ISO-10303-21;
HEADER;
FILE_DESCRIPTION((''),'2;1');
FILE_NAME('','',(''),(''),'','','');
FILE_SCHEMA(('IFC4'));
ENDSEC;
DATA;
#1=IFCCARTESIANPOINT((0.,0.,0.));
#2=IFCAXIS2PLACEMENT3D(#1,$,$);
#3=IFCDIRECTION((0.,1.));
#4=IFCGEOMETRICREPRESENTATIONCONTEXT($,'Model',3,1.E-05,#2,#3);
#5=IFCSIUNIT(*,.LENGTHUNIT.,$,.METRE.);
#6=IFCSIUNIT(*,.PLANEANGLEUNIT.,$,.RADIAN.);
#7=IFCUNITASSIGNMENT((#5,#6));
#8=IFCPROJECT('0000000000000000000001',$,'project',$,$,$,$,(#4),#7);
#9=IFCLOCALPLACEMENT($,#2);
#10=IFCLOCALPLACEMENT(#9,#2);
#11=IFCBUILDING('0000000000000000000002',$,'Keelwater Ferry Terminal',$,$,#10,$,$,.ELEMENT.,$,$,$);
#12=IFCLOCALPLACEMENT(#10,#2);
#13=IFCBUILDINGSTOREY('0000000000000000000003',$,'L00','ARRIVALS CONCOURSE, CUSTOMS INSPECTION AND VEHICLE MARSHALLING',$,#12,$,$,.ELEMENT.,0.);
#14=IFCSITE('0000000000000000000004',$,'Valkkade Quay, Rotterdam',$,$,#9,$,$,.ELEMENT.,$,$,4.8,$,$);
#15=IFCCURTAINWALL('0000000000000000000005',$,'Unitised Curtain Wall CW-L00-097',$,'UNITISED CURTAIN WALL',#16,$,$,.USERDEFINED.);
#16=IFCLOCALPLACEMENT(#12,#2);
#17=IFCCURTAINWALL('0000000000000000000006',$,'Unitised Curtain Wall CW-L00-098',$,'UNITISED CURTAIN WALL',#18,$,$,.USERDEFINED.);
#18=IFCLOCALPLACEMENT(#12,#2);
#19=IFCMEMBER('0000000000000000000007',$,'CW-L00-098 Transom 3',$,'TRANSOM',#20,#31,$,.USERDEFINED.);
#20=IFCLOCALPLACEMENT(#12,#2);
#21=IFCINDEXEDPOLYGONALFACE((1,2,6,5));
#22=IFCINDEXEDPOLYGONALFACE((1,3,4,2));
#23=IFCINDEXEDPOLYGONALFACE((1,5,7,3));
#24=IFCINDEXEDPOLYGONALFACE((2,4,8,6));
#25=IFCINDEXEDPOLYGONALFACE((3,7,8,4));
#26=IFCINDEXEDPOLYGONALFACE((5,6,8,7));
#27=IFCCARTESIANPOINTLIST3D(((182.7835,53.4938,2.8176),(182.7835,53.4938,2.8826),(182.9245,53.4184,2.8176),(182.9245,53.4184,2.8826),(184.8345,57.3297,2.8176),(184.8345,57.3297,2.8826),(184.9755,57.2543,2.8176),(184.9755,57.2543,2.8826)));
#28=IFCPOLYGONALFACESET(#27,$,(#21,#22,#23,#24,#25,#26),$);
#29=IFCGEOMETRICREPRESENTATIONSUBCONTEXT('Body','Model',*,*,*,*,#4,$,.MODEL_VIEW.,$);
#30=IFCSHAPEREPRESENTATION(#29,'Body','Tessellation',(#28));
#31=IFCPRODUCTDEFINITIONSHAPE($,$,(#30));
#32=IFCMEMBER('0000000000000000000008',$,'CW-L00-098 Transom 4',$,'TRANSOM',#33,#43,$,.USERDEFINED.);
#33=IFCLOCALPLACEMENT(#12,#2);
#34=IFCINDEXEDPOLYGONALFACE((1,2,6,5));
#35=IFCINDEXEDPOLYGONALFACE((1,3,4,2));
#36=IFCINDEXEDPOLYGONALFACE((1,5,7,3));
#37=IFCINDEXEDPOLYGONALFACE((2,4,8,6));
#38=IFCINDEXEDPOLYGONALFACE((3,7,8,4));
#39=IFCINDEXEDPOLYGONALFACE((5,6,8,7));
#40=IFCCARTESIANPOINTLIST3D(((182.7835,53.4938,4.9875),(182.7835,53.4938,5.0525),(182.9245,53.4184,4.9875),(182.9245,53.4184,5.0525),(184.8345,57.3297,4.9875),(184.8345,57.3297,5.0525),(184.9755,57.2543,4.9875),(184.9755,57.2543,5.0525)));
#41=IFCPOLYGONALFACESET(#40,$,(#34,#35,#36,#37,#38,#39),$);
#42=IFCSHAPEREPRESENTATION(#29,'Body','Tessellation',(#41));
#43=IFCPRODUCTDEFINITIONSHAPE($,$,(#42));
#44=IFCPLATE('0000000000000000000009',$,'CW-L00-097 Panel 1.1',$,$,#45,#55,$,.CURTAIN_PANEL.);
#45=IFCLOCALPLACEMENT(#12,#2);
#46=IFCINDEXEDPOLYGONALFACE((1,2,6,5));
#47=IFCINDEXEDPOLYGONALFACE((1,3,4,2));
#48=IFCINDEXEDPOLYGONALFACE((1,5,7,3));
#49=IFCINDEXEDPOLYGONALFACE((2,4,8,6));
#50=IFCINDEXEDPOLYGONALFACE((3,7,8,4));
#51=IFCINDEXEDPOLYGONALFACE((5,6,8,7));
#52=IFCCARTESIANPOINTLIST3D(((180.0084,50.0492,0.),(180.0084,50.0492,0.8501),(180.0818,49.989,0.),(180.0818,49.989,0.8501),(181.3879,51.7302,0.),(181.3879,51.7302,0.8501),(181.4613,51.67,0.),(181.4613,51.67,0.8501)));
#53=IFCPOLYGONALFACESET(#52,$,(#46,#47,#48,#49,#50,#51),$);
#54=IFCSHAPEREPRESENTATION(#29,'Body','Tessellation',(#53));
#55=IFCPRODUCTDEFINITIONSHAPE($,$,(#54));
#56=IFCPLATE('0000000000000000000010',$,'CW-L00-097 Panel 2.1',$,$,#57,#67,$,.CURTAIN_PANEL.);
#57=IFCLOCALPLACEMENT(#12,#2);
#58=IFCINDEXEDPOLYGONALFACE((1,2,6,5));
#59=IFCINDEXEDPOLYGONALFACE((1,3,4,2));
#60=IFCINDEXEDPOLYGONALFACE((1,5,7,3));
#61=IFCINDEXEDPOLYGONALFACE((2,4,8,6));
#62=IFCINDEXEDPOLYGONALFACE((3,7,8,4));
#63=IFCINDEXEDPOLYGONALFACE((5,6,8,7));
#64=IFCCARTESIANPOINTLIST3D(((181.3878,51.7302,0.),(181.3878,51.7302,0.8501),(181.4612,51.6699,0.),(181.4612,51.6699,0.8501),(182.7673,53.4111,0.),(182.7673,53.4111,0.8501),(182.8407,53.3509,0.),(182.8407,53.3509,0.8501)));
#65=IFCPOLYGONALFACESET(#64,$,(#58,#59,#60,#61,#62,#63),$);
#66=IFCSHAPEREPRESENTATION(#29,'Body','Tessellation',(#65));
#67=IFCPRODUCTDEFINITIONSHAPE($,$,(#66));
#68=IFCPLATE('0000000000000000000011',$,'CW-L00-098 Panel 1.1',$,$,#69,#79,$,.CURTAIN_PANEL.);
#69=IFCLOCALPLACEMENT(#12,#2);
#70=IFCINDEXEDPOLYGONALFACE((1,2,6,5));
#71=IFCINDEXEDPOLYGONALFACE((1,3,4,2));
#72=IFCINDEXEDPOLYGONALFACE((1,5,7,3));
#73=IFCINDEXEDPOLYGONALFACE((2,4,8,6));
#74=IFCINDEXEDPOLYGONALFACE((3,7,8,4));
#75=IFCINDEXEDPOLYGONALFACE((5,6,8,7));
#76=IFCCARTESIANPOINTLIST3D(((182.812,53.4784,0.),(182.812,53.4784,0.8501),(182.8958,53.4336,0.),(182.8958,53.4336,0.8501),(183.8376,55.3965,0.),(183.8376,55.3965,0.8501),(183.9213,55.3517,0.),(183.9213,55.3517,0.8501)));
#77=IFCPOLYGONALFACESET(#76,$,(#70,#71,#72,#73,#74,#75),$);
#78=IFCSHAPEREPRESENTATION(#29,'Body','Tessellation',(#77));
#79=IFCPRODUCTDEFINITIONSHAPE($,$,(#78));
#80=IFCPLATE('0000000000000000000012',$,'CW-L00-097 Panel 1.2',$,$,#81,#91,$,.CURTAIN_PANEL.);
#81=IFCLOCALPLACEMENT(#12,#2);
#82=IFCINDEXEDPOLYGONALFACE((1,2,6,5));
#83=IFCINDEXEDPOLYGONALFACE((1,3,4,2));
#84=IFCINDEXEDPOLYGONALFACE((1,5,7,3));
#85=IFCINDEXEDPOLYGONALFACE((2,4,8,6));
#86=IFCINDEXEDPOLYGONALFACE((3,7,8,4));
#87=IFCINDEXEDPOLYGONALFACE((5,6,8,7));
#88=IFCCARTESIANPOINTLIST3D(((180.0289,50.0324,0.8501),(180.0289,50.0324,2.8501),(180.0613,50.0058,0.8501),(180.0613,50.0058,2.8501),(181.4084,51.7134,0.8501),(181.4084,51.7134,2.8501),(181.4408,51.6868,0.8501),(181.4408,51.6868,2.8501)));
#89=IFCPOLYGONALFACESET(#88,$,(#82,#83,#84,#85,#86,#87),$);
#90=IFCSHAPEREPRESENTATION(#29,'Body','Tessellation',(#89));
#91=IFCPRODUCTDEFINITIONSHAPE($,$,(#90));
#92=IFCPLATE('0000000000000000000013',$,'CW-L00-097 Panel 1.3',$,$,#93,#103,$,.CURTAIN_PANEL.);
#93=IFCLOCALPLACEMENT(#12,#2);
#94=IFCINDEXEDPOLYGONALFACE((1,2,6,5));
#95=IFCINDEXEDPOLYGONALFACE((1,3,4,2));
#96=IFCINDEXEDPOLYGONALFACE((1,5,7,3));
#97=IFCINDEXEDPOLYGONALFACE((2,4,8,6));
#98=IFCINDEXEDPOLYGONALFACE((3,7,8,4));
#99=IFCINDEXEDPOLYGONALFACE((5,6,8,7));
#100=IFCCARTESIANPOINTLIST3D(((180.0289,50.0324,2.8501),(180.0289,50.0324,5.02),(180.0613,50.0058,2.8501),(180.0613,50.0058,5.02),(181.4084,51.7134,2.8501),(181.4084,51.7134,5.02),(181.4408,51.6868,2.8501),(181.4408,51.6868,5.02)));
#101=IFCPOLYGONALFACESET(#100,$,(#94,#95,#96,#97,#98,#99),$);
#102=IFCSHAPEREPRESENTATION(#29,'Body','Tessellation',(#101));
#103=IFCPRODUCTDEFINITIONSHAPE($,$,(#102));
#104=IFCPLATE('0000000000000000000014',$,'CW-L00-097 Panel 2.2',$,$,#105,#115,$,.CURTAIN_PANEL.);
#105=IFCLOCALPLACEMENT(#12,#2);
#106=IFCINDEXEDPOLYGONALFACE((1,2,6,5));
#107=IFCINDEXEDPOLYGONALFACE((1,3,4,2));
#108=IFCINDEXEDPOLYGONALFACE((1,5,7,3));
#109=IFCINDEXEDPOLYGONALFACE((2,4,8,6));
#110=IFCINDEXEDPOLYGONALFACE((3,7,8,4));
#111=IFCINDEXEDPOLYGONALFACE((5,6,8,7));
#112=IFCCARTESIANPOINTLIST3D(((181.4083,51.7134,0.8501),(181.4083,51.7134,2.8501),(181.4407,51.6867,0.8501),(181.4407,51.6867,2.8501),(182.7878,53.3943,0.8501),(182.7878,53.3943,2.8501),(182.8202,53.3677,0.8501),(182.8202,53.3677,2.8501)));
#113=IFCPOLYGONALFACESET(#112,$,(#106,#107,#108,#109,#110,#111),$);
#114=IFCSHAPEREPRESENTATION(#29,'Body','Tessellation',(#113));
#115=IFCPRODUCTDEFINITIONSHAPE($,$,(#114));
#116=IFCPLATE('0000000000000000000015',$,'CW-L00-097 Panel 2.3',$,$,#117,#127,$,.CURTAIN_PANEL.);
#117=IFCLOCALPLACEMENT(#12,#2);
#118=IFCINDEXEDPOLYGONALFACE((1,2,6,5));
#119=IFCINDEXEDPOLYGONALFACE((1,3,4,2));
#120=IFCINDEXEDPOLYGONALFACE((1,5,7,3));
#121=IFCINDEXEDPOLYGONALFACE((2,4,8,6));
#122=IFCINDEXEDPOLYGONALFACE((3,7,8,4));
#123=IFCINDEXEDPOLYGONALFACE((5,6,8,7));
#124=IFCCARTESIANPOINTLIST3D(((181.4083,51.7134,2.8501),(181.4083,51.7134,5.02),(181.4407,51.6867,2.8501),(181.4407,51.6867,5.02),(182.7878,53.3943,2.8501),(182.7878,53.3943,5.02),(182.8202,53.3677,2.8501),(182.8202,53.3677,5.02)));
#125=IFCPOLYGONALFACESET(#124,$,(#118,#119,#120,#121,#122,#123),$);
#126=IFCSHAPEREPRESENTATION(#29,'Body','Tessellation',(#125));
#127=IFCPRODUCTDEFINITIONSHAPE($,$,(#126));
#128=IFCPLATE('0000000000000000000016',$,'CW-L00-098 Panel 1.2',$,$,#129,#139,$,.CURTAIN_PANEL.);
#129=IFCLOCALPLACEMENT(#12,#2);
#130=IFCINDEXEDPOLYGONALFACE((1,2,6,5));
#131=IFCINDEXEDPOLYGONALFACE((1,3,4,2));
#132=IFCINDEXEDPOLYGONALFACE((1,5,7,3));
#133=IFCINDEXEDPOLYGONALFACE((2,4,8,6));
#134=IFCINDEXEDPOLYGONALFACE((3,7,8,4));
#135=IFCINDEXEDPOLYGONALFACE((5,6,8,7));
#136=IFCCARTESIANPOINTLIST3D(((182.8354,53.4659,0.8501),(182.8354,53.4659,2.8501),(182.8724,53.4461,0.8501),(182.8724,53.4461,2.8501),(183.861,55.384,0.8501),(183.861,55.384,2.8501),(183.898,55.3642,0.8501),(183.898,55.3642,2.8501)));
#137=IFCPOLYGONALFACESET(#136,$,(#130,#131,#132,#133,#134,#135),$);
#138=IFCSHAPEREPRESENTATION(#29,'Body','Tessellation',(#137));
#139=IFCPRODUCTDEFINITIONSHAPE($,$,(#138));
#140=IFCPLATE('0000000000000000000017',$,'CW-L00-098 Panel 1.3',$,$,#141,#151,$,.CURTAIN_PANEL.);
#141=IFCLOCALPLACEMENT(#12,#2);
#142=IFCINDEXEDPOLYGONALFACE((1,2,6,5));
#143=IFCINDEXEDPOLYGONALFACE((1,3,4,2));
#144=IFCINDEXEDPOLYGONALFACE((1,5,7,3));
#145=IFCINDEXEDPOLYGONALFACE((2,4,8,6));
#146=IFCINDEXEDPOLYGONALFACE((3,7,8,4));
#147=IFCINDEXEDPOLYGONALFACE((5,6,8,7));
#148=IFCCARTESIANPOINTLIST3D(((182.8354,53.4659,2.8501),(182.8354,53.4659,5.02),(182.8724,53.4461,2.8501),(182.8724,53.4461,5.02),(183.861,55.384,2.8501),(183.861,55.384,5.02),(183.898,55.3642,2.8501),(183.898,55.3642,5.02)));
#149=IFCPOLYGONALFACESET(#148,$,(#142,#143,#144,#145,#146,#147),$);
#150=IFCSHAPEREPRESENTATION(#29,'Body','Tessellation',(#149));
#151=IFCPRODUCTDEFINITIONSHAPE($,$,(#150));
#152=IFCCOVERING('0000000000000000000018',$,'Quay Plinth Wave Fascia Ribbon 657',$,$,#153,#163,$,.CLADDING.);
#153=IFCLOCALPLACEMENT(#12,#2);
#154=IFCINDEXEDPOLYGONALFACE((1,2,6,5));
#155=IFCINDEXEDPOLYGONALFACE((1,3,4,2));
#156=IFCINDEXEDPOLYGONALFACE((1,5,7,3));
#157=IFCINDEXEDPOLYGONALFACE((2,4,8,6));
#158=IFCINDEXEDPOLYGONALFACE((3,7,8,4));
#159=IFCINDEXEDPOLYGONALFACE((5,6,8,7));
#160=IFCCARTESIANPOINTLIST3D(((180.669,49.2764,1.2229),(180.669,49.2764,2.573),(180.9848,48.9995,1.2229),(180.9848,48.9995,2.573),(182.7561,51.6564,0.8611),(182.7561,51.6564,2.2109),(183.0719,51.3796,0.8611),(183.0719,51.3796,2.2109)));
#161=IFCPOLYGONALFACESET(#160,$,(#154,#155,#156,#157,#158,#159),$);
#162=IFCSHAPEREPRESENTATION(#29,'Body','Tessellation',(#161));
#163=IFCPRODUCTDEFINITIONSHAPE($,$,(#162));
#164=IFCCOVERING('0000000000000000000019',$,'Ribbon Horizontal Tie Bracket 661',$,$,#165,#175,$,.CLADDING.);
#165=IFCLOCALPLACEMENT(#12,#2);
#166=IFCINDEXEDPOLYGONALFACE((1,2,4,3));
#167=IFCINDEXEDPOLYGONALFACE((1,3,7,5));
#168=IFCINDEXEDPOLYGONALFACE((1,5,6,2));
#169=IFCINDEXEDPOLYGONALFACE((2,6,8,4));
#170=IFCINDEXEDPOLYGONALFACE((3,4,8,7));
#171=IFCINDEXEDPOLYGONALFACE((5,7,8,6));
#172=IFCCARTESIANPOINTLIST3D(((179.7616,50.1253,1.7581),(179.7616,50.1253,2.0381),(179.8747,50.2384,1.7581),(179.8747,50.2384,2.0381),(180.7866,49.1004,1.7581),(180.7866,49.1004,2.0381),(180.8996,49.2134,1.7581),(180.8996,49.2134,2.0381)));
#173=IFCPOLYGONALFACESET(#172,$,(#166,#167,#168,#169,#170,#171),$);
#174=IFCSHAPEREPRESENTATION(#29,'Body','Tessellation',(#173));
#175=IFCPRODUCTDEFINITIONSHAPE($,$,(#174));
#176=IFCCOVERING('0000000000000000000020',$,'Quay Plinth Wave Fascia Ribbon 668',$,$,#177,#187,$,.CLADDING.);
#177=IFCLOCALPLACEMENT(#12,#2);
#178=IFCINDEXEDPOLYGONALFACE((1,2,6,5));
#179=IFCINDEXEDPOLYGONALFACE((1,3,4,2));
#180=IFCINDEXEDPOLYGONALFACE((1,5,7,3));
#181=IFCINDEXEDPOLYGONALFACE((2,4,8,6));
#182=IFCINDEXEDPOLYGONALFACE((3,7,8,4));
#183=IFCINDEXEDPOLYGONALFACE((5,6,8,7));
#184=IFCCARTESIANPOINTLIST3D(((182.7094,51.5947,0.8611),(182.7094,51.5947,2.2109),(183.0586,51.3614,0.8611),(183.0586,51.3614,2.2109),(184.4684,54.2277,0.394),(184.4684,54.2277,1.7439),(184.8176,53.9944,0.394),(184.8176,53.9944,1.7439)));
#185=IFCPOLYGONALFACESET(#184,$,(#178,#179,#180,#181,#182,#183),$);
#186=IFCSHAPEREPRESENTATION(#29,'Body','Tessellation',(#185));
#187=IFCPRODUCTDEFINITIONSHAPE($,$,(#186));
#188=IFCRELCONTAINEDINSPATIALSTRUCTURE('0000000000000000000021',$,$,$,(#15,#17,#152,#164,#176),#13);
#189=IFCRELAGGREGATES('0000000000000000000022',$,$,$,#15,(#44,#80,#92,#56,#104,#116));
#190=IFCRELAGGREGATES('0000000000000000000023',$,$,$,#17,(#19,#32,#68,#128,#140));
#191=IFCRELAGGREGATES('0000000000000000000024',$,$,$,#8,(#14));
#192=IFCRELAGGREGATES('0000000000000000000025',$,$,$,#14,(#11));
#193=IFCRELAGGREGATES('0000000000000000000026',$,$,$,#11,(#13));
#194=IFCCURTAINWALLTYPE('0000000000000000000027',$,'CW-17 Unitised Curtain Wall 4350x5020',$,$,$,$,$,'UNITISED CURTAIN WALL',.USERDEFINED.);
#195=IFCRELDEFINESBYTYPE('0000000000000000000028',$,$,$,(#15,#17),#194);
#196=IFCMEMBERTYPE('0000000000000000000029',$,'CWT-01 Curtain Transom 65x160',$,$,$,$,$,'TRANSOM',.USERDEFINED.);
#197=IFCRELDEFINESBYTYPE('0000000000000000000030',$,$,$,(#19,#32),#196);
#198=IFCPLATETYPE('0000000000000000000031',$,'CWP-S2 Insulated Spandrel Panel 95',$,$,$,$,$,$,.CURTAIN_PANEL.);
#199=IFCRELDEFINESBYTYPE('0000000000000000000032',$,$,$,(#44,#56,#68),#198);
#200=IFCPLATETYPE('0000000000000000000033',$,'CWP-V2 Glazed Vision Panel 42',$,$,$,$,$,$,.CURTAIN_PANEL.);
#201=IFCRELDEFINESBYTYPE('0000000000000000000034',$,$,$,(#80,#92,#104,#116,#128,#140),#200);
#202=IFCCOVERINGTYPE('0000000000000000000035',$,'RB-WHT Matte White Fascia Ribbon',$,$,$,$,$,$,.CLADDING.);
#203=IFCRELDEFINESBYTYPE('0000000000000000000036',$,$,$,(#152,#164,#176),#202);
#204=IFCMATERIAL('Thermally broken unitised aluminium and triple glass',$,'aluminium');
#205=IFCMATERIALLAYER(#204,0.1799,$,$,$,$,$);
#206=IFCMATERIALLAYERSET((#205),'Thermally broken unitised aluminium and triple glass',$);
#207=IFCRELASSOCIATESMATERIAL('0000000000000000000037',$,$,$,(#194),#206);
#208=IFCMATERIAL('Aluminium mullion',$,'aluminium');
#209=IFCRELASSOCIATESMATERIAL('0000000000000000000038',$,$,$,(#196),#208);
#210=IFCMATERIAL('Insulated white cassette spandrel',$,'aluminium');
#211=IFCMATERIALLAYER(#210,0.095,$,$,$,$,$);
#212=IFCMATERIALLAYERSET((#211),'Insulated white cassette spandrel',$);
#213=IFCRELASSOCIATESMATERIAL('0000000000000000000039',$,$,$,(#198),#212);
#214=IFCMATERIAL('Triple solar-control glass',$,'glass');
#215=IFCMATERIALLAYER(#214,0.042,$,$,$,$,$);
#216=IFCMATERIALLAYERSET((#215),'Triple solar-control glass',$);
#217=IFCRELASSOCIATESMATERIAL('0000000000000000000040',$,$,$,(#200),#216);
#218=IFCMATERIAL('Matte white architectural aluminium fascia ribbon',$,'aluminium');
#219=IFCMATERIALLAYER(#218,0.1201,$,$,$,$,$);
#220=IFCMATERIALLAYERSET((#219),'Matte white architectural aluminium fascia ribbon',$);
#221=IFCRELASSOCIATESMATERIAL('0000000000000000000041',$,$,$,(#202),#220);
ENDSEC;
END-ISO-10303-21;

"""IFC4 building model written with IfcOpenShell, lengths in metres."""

from ifc_helpers import new_model, si_unit, direction, frame, frame_2d, origin, origin_2d, place, context, subcontext, project, spatial, polyline, rectangle, outline, extrude, material, layer, layer_set, material_profile, profile_set, type_object, element, aggregate, save


model = new_model("IFC4")

# Units and contexts
model_context = context("Model", 3, precision=1e-05, world=origin(), true_north=direction((0.0, 1.0)))
body_context = subcontext(model_context, "Body", "Model", "MODEL_VIEW")
ifc_project = project(units=[si_unit("LENGTHUNIT", "METRE"), si_unit("PLANEANGLEUNIT", "RADIAN")], contexts=[model_context])

# Site, building, storey
site_placement = place(None, origin())
site = spatial("IfcSite", under=ifc_project, at=site_placement, Name="Valkkade Quay, Rotterdam", CompositionType="ELEMENT", RefElevation=4.8)
building_placement = place(site_placement, origin())
building = spatial("IfcBuilding", under=site, at=building_placement, Name="Keelwater Ferry Terminal", CompositionType="ELEMENT")
storey_placement = place(building_placement, origin())
storey = spatial("IfcBuildingStorey", under=building, at=storey_placement, Name="L00", Description="ARRIVALS CONCOURSE, CUSTOMS INSPECTION AND VEHICLE MARSHALLING", CompositionType="ELEMENT", Elevation=0.0)

# Curtain wall
ifc_material_1 = material(Name="Thermally broken unitised aluminium and triple glass", Category="aluminium")
ifc_layer_1 = layer(ifc_material_1, 0.1799)
ifc_layer_set_1 = layer_set([ifc_layer_1], Name="Thermally broken unitised aluminium and triple glass")
curtain_wall_type = type_object("IfcCurtainWallType", Name="CW-17 Unitised Curtain Wall 4350x5020", ElementType="UNITISED CURTAIN WALL", PredefinedType="USERDEFINED", material=ifc_layer_set_1)
curtain_wall_1_placement = place(storey_placement, origin())
curtain_wall_1 = element("IfcCurtainWall", 1, at=curtain_wall_1_placement, inside=storey, type_object=curtain_wall_type, Name="Unitised Curtain Wall CW-L00-097", ObjectType="UNITISED CURTAIN WALL", PredefinedType="USERDEFINED")

# Curtain wall
curtain_wall_2_placement = place(storey_placement, origin())
curtain_wall_2 = element("IfcCurtainWall", 2, at=curtain_wall_2_placement, inside=storey, type_object=curtain_wall_type, Name="Unitised Curtain Wall CW-L00-098", ObjectType="UNITISED CURTAIN WALL", PredefinedType="USERDEFINED")

# Members
ifc_material_2 = material(Name="Aluminium mullion", Category="aluminium")
ifc_material_profile_1 = material_profile(ifc_material_2, rectangle(XDim=0.1599, YDim=0.0649, at=origin_2d()), Name="CWT-01")
ifc_profile_set_1 = profile_set([ifc_material_profile_1], Name="Aluminium mullion")
member_type_1 = type_object("IfcMemberType", Name="CWT-01 Curtain Transom 65x160", ElementType="TRANSOM", PredefinedType="USERDEFINED", material=ifc_profile_set_1)
member_1_placement = place(storey_placement, frame((182.854, 53.4561, 2.8501), z_axis=(0.471517, 0.881857, 0.0), x_axis=(-0.881857, 0.471517, 0.0)))
member_1 = element("IfcMember", 3, at=member_1_placement, type_object=member_type_1, Name="CW-L00-098 Transom 3", ObjectType="TRANSOM", PredefinedType="USERDEFINED", context=body_context, shape_type="SweptSolid", body=[
    extrude(rectangle(XDim=0.1599, YDim=0.0649, at=origin_2d()), origin(), (0.0, 0.0, 1.0), 4.3499),
])
member_2_placement = place(storey_placement, frame((182.854, 53.4561, 5.02), z_axis=(0.471517, 0.881857, 0.0), x_axis=(-0.881857, 0.471517, 0.0)))
member_2 = element("IfcMember", 4, at=member_2_placement, type_object=member_type_1, Name="CW-L00-098 Transom 4", ObjectType="TRANSOM", PredefinedType="USERDEFINED", context=body_context, shape_type="SweptSolid", body=[
    extrude(rectangle(XDim=0.1599, YDim=0.0649, at=origin_2d()), origin(), (0.0, 0.0, 1.0), 4.3499),
])

# Plates
ifc_material_3 = material(Name="Insulated white cassette spandrel", Category="aluminium")
ifc_layer_2 = layer(ifc_material_3, 0.095)
ifc_layer_set_2 = layer_set([ifc_layer_2], Name="Insulated white cassette spandrel")
plate_type_1 = type_object("IfcPlateType", Name="CWP-S2 Insulated Spandrel Panel 95", PredefinedType="CURTAIN_PANEL", material=ifc_layer_set_2)
plate_1_placement = place(storey_placement, frame((180.7349, 50.8596, 0.0), z_axis=(0.0, 0.0, 1.0), x_axis=(0.634377, 0.773024, 0.0)))
plate_1 = element("IfcPlate", 5, at=plate_1_placement, type_object=plate_type_1, Name="CW-L00-097 Panel 1.1", PredefinedType="CURTAIN_PANEL", context=body_context, shape_type="SweptSolid", body=[
    extrude(rectangle(XDim=2.1746, YDim=0.095, at=origin_2d()), origin(), (0.0, 0.0, 1.0), 0.8501),
])
plate_2_placement = place(storey_placement, frame((182.1143, 52.5405, 0.0), z_axis=(0.0, 0.0, 1.0), x_axis=(0.634377, 0.773024, 0.0)))
plate_2 = element("IfcPlate", 6, at=plate_2_placement, type_object=plate_type_1, Name="CW-L00-097 Panel 2.1", PredefinedType="CURTAIN_PANEL", context=body_context, shape_type="SweptSolid", body=[
    extrude(rectangle(XDim=2.1746, YDim=0.095, at=origin_2d()), origin(), (0.0, 0.0, 1.0), 0.8501),
])
plate_3_placement = place(storey_placement, frame((183.3667, 54.415, 0.0), z_axis=(0.0, 0.0, 1.0), x_axis=(0.471507, 0.881862, 0.0)))
plate_3 = element("IfcPlate", 7, at=plate_3_placement, type_object=plate_type_1, Name="CW-L00-098 Panel 1.1", PredefinedType="CURTAIN_PANEL", context=body_context, shape_type="SweptSolid", body=[
    extrude(rectangle(XDim=2.175, YDim=0.095, at=origin_2d()), origin(), (0.0, 0.0, 1.0), 0.8501),
])
ifc_material_4 = material(Name="Triple solar-control glass", Category="glass")
ifc_layer_3 = layer(ifc_material_4, 0.042)
ifc_layer_set_3 = layer_set([ifc_layer_3], Name="Triple solar-control glass")
plate_type_2 = type_object("IfcPlateType", Name="CWP-V2 Glazed Vision Panel 42", PredefinedType="CURTAIN_PANEL", material=ifc_layer_set_3)
plate_4_placement = place(storey_placement, frame((180.7349, 50.8596, 0.8501), z_axis=(0.0, 0.0, 1.0), x_axis=(0.634377, 0.773024, 0.0)))
plate_4 = element("IfcPlate", 8, at=plate_4_placement, type_object=plate_type_2, Name="CW-L00-097 Panel 1.2", PredefinedType="CURTAIN_PANEL", context=body_context, shape_type="SweptSolid", body=[
    extrude(rectangle(XDim=2.1746, YDim=0.042, at=origin_2d()), origin(), (0.0, 0.0, 1.0), 2.0),
])
plate_5_placement = place(storey_placement, frame((180.7349, 50.8596, 2.8501), z_axis=(0.0, 0.0, 1.0), x_axis=(0.634377, 0.773024, 0.0)))
plate_5 = element("IfcPlate", 9, at=plate_5_placement, type_object=plate_type_2, Name="CW-L00-097 Panel 1.3", PredefinedType="CURTAIN_PANEL", context=body_context, shape_type="SweptSolid", body=[
    extrude(rectangle(XDim=2.1746, YDim=0.042, at=origin_2d()), origin(), (0.0, 0.0, 1.0), 2.1699),
])
plate_6_placement = place(storey_placement, frame((182.1143, 52.5405, 0.8501), z_axis=(0.0, 0.0, 1.0), x_axis=(0.634377, 0.773024, 0.0)))
plate_6 = element("IfcPlate", 10, at=plate_6_placement, type_object=plate_type_2, Name="CW-L00-097 Panel 2.2", PredefinedType="CURTAIN_PANEL", context=body_context, shape_type="SweptSolid", body=[
    extrude(rectangle(XDim=2.1746, YDim=0.042, at=origin_2d()), origin(), (0.0, 0.0, 1.0), 2.0),
])
plate_7_placement = place(storey_placement, frame((182.1143, 52.5405, 2.8501), z_axis=(0.0, 0.0, 1.0), x_axis=(0.634377, 0.773024, 0.0)))
plate_7 = element("IfcPlate", 11, at=plate_7_placement, type_object=plate_type_2, Name="CW-L00-097 Panel 2.3", PredefinedType="CURTAIN_PANEL", context=body_context, shape_type="SweptSolid", body=[
    extrude(rectangle(XDim=2.1746, YDim=0.042, at=origin_2d()), origin(), (0.0, 0.0, 1.0), 2.1699),
])
aggregate(curtain_wall_1, [plate_1, plate_4, plate_5, plate_2, plate_6, plate_7])
plate_8_placement = place(storey_placement, frame((183.3667, 54.415, 0.8501), z_axis=(0.0, 0.0, 1.0), x_axis=(0.471507, 0.881862, 0.0)))
plate_8 = element("IfcPlate", 12, at=plate_8_placement, type_object=plate_type_2, Name="CW-L00-098 Panel 1.2", PredefinedType="CURTAIN_PANEL", context=body_context, shape_type="SweptSolid", body=[
    extrude(rectangle(XDim=2.175, YDim=0.042, at=origin_2d()), origin(), (0.0, 0.0, 1.0), 2.0),
])
plate_9_placement = place(storey_placement, frame((183.3667, 54.415, 2.8501), z_axis=(0.0, 0.0, 1.0), x_axis=(0.471507, 0.881862, 0.0)))
plate_9 = element("IfcPlate", 13, at=plate_9_placement, type_object=plate_type_2, Name="CW-L00-098 Panel 1.3", PredefinedType="CURTAIN_PANEL", context=body_context, shape_type="SweptSolid", body=[
    extrude(rectangle(XDim=2.175, YDim=0.042, at=origin_2d()), origin(), (0.0, 0.0, 1.0), 2.1699),
])
aggregate(curtain_wall_2, [member_1, member_2, plate_3, plate_8, plate_9])

# Coverings
ifc_material_5 = material(Name="Matte white architectural aluminium fascia ribbon", Category="aluminium")
ifc_layer_4 = layer(ifc_material_5, 0.1201)
ifc_layer_set_4 = layer_set([ifc_layer_4], Name="Matte white architectural aluminium fascia ribbon")
covering_type = type_object("IfcCoveringType", Name="RB-WHT Matte White Fascia Ribbon", PredefinedType="CLADDING", material=ifc_layer_set_4)
covering_1_placement = place(storey_placement, frame((180.8269, 49.1379, 0.8611), z_axis=(0.0, 0.0, 1.0), x_axis=(0.659318, 0.751864, 0.0)))
element("IfcCovering", 14, at=covering_1_placement, inside=storey, type_object=covering_type, Name="Quay Plinth Wave Fascia Ribbon 657", PredefinedType="CLADDING", context=body_context, shape_type="SweptSolid", body=[
    extrude(outline(polyline([(0.0, 0.3618), (3.1655, 0.0), (3.1655, 1.3499), (0.0, 1.7119), (0.0, 0.3618)])), frame((0.0, 0.21, 0.0), z_axis=(0.0, -1.0, 0.0), x_axis=(1.0, 0.0, 0.0)), (0.0, 0.0, 1.0), 0.4199),
])
covering_2_placement = place(storey_placement, frame((180.843, 49.157, 1.7581), z_axis=(0.0, 0.0, 1.0), x_axis=(-0.707107, 0.707107, 0.0)))
element("IfcCovering", 15, at=covering_2_placement, inside=storey, type_object=covering_type, Name="Ribbon Horizontal Tie Bracket 661", PredefinedType="CLADDING", context=body_context, shape_type="SweptSolid", body=[
    extrude(rectangle(XDim=1.4495, YDim=0.1599, at=frame_2d((0.7246, 0.0))), origin(), (0.0, 0.0, 1.0), 0.28),
])
covering_3_placement = place(storey_placement, frame((182.884, 51.478, 0.394), z_axis=(0.0, 0.0, 1.0), x_axis=(0.555501, 0.831516, 0.0)))
element("IfcCovering", 16, at=covering_3_placement, inside=storey, type_object=covering_type, Name="Quay Plinth Wave Fascia Ribbon 668", PredefinedType="CLADDING", context=body_context, shape_type="SweptSolid", body=[
    extrude(outline(polyline([(0.0, 0.467), (3.1665, 0.0), (3.1665, 1.3499), (0.0, 1.8169), (0.0, 0.467)])), frame((0.0, 0.21, 0.0), z_axis=(0.0, -1.0, 0.0), x_axis=(1.0, 0.0, 0.0)), (0.0, 0.0, 1.0), 0.4199),
])

save(model, "model.ifc")
